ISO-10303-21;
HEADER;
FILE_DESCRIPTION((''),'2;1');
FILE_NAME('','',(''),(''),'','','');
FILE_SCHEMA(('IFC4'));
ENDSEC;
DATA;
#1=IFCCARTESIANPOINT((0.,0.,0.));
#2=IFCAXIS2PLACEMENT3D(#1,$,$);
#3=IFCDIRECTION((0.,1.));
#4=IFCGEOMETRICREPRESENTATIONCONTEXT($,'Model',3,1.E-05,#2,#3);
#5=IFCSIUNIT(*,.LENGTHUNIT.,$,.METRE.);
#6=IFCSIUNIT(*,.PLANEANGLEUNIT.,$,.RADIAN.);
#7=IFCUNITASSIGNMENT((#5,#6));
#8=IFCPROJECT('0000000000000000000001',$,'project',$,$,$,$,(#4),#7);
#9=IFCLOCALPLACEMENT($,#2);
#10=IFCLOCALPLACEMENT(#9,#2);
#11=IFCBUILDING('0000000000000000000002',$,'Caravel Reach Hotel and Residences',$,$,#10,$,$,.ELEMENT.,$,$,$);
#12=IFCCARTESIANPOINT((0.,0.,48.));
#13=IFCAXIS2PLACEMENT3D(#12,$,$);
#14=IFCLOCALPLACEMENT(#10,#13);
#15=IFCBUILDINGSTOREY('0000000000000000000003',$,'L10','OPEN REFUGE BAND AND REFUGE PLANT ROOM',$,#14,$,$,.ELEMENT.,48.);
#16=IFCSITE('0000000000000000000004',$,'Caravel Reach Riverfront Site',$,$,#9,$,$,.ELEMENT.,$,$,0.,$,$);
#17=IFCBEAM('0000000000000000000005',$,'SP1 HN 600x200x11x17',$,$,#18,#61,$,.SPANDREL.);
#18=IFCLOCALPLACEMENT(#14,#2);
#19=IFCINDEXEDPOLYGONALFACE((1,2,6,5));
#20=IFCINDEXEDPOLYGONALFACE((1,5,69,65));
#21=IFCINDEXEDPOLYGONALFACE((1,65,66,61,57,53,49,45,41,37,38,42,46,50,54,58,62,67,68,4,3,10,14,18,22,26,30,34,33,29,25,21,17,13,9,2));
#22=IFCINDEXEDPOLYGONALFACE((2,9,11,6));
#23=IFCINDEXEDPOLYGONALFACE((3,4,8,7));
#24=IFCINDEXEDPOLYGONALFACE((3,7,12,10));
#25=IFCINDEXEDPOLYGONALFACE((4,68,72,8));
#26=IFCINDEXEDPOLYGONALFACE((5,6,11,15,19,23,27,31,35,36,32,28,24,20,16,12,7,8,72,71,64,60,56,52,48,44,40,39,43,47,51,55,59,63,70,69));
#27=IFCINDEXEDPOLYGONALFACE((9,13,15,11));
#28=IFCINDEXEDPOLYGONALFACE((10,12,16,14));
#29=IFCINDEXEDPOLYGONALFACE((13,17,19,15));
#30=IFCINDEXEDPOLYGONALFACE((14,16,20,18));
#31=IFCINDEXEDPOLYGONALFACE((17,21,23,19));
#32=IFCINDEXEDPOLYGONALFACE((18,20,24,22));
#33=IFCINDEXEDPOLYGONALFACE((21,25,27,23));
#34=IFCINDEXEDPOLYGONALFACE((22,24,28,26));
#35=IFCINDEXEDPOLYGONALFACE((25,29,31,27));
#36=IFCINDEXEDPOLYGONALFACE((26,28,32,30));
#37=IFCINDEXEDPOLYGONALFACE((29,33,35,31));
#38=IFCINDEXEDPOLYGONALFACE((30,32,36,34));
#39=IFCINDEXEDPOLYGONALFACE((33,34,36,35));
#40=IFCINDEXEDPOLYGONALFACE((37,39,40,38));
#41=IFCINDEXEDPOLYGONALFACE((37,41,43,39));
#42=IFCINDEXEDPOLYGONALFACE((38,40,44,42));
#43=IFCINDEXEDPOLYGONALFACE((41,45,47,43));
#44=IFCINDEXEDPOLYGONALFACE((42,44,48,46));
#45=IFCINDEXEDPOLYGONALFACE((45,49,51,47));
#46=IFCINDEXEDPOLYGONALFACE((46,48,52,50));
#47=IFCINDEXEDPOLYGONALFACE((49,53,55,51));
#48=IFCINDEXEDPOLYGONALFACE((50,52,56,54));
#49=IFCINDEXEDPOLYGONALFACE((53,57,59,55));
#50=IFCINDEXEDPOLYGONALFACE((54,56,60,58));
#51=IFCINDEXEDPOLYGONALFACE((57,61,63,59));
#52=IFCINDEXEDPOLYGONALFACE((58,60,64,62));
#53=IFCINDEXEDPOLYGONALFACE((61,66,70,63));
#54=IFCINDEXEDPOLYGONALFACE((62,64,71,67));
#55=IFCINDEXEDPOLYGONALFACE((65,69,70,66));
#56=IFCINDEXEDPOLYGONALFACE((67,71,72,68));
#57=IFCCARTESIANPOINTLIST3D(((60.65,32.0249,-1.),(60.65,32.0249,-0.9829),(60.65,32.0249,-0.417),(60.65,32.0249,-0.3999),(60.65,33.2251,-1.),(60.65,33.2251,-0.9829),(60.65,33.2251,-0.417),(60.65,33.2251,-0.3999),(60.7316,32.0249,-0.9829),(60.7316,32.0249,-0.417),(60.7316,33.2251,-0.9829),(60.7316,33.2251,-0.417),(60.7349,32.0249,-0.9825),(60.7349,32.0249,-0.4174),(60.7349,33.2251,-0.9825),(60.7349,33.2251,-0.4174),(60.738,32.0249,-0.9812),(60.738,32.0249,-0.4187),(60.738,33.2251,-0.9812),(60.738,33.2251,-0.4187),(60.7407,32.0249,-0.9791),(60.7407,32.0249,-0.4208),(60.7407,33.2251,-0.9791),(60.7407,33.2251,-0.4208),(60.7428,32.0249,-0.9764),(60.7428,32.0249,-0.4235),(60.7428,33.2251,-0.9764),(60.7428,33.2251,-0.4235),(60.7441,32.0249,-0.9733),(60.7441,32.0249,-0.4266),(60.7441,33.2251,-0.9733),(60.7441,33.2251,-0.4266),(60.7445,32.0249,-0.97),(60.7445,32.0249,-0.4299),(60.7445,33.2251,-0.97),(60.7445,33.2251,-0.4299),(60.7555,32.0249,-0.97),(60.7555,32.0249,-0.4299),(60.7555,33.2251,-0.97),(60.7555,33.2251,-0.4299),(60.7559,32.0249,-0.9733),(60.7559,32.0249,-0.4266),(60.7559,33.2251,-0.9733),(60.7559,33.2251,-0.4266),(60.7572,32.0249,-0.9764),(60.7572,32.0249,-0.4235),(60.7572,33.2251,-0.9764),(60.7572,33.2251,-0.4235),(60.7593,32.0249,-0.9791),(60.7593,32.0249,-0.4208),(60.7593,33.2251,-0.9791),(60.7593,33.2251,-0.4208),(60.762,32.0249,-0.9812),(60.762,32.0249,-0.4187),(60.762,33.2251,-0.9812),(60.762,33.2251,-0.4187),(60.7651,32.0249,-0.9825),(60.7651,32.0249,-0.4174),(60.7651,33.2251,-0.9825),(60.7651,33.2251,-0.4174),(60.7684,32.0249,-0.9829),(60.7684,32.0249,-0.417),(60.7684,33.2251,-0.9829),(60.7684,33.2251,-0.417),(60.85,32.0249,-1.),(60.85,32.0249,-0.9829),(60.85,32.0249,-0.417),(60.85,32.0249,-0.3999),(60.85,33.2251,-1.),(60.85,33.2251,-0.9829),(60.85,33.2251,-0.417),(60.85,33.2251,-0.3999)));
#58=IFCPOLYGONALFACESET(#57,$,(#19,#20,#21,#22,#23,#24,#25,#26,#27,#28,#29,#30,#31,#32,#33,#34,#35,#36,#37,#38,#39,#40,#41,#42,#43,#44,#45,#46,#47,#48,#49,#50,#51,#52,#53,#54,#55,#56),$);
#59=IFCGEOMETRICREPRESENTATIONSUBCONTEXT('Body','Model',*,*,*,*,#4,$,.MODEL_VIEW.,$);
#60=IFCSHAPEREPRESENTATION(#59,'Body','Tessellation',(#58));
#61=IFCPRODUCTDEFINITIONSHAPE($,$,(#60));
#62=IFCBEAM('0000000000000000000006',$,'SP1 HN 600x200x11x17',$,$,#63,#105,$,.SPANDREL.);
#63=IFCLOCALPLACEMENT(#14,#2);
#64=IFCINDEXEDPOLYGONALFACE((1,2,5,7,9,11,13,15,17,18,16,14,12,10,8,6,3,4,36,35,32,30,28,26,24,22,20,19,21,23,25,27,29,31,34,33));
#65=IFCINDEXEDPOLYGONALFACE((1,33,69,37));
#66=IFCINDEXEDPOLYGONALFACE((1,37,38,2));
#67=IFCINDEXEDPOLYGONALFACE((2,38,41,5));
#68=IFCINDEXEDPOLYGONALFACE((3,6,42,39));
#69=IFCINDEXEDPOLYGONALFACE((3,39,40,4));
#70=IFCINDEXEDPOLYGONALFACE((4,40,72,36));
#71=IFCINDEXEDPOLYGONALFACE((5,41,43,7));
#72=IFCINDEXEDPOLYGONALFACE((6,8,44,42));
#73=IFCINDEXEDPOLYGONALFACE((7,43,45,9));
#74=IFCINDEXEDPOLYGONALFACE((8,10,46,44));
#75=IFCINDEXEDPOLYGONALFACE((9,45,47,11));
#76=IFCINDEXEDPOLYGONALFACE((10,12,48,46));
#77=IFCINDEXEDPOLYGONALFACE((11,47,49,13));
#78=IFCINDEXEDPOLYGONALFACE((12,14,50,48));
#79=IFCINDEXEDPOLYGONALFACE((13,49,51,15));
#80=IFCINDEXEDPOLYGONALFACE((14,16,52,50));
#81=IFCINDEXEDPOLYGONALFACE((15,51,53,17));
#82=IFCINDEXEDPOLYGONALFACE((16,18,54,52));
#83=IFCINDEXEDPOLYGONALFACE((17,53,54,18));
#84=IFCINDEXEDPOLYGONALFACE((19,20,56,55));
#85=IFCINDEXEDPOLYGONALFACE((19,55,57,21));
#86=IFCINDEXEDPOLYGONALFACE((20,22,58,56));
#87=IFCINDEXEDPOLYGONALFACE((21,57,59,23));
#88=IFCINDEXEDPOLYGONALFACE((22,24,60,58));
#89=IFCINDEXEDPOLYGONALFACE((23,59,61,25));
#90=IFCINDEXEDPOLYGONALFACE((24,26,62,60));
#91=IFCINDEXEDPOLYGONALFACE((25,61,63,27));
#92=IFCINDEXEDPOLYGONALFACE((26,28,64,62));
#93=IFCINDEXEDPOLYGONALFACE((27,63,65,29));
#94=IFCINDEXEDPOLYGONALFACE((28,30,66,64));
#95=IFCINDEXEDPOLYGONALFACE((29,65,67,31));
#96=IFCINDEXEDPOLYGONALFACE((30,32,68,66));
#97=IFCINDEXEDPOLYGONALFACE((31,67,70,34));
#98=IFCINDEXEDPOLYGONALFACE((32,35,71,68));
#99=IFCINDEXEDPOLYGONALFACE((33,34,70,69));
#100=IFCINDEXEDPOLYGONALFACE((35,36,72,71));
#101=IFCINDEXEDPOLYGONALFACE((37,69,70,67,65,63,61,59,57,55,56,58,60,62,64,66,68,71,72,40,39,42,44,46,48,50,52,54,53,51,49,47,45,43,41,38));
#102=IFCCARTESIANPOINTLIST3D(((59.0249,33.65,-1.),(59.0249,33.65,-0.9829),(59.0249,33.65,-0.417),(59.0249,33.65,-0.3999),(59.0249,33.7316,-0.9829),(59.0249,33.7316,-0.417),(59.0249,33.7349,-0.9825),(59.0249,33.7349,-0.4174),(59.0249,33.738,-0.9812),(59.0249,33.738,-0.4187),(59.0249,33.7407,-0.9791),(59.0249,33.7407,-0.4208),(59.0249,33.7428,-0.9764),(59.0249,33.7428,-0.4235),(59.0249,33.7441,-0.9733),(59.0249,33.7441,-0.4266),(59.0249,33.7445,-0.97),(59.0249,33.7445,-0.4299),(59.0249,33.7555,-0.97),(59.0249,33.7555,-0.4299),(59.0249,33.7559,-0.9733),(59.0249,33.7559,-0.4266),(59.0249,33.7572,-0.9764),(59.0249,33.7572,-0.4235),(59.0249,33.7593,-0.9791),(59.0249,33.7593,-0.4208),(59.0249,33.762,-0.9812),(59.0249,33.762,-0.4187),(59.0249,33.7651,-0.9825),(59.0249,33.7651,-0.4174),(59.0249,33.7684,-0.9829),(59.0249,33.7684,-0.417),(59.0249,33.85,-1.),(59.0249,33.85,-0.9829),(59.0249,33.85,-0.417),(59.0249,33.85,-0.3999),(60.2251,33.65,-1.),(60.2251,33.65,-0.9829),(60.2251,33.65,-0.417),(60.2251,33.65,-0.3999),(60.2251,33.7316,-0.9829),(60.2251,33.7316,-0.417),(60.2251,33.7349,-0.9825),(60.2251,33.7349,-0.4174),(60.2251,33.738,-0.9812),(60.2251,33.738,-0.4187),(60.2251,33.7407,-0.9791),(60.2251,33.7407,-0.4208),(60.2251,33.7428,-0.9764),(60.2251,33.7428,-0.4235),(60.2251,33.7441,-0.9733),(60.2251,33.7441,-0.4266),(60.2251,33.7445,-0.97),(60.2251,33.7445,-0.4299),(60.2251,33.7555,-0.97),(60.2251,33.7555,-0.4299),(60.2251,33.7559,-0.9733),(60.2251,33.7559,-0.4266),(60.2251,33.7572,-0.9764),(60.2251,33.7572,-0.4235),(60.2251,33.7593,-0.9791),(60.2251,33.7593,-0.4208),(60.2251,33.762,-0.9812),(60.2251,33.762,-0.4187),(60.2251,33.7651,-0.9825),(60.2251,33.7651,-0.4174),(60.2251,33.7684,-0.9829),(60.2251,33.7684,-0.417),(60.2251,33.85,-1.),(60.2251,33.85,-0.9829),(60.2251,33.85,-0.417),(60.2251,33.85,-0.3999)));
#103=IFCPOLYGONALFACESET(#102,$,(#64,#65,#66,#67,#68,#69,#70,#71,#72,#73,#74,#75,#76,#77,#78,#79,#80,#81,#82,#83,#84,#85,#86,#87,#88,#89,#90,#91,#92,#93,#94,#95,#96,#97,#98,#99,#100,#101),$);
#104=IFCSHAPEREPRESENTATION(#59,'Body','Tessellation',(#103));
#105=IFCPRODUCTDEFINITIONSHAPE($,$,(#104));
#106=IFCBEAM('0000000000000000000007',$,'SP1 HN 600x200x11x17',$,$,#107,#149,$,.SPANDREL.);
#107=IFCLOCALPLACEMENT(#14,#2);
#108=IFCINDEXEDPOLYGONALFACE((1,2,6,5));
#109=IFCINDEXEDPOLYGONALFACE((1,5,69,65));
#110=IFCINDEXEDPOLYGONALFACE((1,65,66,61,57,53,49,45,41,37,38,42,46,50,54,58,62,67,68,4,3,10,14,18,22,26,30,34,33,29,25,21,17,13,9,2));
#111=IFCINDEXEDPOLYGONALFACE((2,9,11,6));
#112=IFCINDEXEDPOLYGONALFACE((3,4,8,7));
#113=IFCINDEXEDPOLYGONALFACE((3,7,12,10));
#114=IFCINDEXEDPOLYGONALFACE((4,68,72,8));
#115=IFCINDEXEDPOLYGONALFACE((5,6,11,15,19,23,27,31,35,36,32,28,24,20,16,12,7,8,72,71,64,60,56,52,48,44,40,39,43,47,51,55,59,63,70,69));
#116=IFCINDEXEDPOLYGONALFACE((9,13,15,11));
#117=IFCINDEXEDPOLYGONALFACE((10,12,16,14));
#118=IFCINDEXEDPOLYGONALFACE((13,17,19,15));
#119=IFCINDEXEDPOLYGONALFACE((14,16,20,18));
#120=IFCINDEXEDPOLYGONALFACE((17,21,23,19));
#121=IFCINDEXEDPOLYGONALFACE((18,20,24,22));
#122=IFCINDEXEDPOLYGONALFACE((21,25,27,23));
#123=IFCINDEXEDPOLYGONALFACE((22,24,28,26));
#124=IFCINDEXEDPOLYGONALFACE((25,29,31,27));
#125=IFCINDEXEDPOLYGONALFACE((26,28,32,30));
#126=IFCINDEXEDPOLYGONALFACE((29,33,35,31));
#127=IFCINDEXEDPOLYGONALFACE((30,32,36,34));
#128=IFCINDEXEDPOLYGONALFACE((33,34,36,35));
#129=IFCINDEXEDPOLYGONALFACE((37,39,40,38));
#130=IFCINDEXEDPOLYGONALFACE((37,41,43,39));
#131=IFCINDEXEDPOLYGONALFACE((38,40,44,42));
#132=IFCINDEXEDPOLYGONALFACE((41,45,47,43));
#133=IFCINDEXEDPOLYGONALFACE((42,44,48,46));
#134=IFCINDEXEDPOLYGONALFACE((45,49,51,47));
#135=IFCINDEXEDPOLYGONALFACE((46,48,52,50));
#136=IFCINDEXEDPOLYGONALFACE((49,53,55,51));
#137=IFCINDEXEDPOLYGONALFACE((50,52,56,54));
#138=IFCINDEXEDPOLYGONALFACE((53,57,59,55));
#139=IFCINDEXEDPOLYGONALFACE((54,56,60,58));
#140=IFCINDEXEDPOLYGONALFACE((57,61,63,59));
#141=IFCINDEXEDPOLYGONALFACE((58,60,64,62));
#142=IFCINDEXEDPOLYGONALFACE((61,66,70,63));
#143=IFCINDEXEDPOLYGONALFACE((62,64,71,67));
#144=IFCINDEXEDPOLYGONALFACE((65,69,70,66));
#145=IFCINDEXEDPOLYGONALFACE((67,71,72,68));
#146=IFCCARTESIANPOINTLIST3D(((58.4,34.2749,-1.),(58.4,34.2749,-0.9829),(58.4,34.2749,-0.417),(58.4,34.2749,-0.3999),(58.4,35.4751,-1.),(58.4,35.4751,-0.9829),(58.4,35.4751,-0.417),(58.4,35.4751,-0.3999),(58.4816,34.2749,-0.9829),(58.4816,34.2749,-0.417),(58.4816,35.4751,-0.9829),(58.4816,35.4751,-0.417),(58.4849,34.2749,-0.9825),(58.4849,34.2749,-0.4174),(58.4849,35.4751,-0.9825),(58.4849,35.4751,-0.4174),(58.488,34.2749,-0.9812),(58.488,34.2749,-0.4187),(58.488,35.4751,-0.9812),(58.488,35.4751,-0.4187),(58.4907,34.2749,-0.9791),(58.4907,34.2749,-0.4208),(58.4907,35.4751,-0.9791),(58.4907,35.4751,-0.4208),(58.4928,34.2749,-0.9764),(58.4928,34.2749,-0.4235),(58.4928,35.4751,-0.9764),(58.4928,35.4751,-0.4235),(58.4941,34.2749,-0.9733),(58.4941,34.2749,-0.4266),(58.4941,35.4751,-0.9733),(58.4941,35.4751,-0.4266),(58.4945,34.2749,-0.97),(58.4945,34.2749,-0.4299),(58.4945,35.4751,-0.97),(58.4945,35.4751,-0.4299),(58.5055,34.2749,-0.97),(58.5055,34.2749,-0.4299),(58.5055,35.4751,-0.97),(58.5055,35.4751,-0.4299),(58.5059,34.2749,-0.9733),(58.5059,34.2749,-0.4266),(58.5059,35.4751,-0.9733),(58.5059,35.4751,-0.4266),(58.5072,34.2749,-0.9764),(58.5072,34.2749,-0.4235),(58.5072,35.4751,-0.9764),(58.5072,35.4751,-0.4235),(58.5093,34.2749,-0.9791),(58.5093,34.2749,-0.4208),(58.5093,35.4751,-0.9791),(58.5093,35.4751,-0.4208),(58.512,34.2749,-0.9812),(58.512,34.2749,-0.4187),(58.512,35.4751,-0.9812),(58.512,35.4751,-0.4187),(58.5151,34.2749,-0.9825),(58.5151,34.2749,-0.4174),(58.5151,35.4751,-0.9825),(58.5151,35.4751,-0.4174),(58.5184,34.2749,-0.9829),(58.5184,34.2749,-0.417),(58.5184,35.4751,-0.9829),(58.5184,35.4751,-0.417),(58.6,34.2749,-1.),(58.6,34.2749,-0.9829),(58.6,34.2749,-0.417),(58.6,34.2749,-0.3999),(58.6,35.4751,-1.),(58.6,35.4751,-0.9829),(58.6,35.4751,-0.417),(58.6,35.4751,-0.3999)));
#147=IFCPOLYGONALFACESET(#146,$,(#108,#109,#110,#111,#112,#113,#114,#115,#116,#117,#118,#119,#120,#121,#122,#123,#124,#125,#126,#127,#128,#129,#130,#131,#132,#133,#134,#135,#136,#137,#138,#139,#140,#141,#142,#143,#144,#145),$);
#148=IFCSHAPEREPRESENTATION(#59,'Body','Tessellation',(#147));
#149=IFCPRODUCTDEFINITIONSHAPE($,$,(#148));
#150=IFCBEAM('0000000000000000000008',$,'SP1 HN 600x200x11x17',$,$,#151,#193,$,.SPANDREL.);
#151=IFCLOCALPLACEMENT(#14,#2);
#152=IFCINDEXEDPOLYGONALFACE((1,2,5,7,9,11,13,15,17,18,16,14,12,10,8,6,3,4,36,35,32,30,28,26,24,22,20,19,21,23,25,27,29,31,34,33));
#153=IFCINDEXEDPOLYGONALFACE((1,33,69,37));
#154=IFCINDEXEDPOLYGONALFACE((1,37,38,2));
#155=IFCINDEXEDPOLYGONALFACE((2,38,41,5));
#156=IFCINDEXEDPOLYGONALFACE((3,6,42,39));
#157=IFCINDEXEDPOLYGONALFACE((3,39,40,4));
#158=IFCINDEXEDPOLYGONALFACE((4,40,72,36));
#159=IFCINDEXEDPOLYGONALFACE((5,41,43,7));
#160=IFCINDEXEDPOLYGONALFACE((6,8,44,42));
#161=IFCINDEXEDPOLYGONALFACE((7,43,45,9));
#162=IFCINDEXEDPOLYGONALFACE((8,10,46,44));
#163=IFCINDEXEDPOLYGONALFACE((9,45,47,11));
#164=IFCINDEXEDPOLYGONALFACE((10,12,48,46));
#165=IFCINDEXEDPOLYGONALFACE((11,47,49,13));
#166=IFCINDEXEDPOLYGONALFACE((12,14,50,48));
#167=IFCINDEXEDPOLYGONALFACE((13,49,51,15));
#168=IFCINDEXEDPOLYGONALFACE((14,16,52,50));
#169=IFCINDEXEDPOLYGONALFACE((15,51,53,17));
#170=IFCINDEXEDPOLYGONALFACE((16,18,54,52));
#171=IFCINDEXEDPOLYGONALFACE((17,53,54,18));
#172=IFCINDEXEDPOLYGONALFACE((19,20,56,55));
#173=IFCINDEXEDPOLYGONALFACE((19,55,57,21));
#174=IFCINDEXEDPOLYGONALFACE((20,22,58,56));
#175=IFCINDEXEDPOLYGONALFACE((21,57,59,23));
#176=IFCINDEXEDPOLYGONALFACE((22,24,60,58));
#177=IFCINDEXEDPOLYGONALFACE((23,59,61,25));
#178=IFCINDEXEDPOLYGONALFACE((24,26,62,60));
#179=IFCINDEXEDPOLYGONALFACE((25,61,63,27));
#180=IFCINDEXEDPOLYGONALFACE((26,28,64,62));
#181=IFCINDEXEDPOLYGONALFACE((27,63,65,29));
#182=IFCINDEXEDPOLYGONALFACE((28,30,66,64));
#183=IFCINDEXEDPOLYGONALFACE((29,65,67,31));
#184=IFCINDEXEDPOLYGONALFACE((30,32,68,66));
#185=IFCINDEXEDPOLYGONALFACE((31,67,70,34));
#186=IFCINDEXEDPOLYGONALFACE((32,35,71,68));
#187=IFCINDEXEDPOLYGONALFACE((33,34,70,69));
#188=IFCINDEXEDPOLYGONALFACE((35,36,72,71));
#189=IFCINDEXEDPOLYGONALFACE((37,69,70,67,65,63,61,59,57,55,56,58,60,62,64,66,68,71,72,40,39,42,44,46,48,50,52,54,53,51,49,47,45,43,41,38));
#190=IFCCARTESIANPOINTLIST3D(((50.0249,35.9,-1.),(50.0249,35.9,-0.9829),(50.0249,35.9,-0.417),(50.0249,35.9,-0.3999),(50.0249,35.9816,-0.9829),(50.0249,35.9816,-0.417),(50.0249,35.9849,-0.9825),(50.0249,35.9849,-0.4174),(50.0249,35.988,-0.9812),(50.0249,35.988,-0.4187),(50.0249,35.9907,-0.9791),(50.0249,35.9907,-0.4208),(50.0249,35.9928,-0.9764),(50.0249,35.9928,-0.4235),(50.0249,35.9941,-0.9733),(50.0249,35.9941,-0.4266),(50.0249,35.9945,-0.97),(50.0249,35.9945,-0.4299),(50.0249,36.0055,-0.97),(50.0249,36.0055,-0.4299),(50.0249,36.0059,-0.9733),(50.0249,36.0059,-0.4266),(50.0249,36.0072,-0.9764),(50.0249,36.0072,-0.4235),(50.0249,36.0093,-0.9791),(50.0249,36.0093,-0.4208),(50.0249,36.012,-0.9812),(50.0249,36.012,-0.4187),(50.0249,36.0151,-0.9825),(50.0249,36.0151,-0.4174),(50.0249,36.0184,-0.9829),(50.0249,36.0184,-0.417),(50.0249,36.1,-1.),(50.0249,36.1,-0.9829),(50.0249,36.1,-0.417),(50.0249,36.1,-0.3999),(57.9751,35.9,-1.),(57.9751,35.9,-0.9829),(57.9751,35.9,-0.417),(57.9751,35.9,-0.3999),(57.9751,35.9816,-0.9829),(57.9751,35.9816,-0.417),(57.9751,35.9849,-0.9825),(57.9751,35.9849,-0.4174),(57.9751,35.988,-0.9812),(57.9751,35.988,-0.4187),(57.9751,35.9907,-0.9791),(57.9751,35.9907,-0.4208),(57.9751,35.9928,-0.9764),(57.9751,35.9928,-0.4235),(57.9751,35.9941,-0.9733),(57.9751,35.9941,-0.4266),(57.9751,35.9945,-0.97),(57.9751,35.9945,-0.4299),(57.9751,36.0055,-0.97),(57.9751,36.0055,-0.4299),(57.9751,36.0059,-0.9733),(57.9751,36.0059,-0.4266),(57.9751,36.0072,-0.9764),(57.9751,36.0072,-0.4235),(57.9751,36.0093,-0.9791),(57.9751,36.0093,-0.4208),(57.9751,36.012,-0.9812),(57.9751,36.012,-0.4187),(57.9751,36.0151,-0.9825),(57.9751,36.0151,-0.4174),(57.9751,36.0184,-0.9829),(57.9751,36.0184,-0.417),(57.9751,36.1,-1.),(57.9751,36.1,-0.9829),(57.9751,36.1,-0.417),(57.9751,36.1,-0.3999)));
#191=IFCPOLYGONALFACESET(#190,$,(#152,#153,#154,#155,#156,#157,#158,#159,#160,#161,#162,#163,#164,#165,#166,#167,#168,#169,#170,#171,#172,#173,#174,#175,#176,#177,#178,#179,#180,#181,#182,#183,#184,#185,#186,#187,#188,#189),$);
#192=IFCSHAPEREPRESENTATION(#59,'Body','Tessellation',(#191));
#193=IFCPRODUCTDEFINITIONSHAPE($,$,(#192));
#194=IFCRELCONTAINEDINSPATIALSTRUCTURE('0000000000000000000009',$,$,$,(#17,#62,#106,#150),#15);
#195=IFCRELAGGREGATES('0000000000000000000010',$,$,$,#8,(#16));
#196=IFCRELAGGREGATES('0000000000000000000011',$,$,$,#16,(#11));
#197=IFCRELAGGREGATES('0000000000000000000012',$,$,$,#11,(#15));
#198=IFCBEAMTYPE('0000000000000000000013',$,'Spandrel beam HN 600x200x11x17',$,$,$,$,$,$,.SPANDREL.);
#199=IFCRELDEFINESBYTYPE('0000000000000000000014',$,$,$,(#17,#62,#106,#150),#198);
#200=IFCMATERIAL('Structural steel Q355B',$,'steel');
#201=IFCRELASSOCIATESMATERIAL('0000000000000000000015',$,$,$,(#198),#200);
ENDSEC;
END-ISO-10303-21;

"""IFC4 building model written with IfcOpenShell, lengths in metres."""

from ifc_helpers import new_model, si_unit, direction, frame, origin, origin_2d, place, context, subcontext, project, spatial, i_section, extrude, material, material_profile, profile_set, type_object, element, save


model = new_model("IFC4")

# Units and contexts
model_context = context("Model", 3, precision=1e-05, world=origin(), true_north=direction((0.0, 1.0)))
body_context = subcontext(model_context, "Body", "Model", "MODEL_VIEW")
ifc_project = project(units=[si_unit("LENGTHUNIT", "METRE"), si_unit("PLANEANGLEUNIT", "RADIAN")], contexts=[model_context])

# Site, building, storey
site_placement = place(None, origin())
site = spatial("IfcSite", under=ifc_project, at=site_placement, Name="Caravel Reach Riverfront Site", CompositionType="ELEMENT", RefElevation=0.0)
building_placement = place(site_placement, origin())
building = spatial("IfcBuilding", under=site, at=building_placement, Name="Caravel Reach Hotel and Residences", CompositionType="ELEMENT")
storey_placement = place(building_placement, frame((0.0, 0.0, 48.0)))
storey = spatial("IfcBuildingStorey", under=building, at=storey_placement, Name="L10", Description="OPEN REFUGE BAND AND REFUGE PLANT ROOM", CompositionType="ELEMENT", Elevation=48.0)

# Beams
ifc_material_1 = material(Name="Structural steel Q355B", Category="steel")
ifc_material_profile_1 = material_profile(ifc_material_1, i_section(OverallWidth=0.2, OverallDepth=0.6001, WebThickness=0.011, FlangeThickness=0.0171, FilletRadius=0.0129, at=origin_2d()), Name="HN 600x200x11x17")
ifc_profile_set_1 = profile_set([ifc_material_profile_1], Name="Structural steel Q355B")
beam_type_1 = type_object("IfcBeamType", Name="Spandrel beam HN 600x200x11x17", PredefinedType="SPANDREL", material=ifc_profile_set_1)
for number, where, z_axis, x_axis, name in (
    (1, (60.75, 32.0249, -0.7), (0.0, 1.0, 0.0), (-1.0, 0.0, 0.0), "SP1 HN 600x200x11x17"),
    (2, (60.2251, 33.75, -0.7), (-1.0, 0.0, 0.0), (0.0, -1.0, 0.0), "SP1 HN 600x200x11x17"),
    (3, (58.5, 34.2749, -0.7), (0.0, 1.0, 0.0), (-1.0, 0.0, 0.0), "SP1 HN 600x200x11x17"),
):
    element("IfcBeam", number, at=place(storey_placement, frame(where, z_axis=z_axis, x_axis=x_axis)), inside=storey, type_object=beam_type_1, Name=name, PredefinedType="SPANDREL", context=body_context, shape_type="SweptSolid", body=[
        extrude(i_section(OverallWidth=0.2, OverallDepth=0.6001, WebThickness=0.011, FlangeThickness=0.0171, FilletRadius=0.0129, at=origin_2d()), origin(), (0.0, 0.0, 1.0), 1.2002),
    ])
beam_1_placement = place(storey_placement, frame((57.9751, 36.0, -0.7), z_axis=(-1.0, 0.0, 0.0), x_axis=(0.0, -1.0, 0.0)))
element("IfcBeam", 4, at=beam_1_placement, inside=storey, type_object=beam_type_1, Name="SP1 HN 600x200x11x17", PredefinedType="SPANDREL", context=body_context, shape_type="SweptSolid", body=[
    extrude(i_section(OverallWidth=0.2, OverallDepth=0.6001, WebThickness=0.011, FlangeThickness=0.0171, FilletRadius=0.0129, at=origin_2d()), origin(), (0.0, 0.0, 1.0), 7.9502),
])

save(model, "model.ifc")
